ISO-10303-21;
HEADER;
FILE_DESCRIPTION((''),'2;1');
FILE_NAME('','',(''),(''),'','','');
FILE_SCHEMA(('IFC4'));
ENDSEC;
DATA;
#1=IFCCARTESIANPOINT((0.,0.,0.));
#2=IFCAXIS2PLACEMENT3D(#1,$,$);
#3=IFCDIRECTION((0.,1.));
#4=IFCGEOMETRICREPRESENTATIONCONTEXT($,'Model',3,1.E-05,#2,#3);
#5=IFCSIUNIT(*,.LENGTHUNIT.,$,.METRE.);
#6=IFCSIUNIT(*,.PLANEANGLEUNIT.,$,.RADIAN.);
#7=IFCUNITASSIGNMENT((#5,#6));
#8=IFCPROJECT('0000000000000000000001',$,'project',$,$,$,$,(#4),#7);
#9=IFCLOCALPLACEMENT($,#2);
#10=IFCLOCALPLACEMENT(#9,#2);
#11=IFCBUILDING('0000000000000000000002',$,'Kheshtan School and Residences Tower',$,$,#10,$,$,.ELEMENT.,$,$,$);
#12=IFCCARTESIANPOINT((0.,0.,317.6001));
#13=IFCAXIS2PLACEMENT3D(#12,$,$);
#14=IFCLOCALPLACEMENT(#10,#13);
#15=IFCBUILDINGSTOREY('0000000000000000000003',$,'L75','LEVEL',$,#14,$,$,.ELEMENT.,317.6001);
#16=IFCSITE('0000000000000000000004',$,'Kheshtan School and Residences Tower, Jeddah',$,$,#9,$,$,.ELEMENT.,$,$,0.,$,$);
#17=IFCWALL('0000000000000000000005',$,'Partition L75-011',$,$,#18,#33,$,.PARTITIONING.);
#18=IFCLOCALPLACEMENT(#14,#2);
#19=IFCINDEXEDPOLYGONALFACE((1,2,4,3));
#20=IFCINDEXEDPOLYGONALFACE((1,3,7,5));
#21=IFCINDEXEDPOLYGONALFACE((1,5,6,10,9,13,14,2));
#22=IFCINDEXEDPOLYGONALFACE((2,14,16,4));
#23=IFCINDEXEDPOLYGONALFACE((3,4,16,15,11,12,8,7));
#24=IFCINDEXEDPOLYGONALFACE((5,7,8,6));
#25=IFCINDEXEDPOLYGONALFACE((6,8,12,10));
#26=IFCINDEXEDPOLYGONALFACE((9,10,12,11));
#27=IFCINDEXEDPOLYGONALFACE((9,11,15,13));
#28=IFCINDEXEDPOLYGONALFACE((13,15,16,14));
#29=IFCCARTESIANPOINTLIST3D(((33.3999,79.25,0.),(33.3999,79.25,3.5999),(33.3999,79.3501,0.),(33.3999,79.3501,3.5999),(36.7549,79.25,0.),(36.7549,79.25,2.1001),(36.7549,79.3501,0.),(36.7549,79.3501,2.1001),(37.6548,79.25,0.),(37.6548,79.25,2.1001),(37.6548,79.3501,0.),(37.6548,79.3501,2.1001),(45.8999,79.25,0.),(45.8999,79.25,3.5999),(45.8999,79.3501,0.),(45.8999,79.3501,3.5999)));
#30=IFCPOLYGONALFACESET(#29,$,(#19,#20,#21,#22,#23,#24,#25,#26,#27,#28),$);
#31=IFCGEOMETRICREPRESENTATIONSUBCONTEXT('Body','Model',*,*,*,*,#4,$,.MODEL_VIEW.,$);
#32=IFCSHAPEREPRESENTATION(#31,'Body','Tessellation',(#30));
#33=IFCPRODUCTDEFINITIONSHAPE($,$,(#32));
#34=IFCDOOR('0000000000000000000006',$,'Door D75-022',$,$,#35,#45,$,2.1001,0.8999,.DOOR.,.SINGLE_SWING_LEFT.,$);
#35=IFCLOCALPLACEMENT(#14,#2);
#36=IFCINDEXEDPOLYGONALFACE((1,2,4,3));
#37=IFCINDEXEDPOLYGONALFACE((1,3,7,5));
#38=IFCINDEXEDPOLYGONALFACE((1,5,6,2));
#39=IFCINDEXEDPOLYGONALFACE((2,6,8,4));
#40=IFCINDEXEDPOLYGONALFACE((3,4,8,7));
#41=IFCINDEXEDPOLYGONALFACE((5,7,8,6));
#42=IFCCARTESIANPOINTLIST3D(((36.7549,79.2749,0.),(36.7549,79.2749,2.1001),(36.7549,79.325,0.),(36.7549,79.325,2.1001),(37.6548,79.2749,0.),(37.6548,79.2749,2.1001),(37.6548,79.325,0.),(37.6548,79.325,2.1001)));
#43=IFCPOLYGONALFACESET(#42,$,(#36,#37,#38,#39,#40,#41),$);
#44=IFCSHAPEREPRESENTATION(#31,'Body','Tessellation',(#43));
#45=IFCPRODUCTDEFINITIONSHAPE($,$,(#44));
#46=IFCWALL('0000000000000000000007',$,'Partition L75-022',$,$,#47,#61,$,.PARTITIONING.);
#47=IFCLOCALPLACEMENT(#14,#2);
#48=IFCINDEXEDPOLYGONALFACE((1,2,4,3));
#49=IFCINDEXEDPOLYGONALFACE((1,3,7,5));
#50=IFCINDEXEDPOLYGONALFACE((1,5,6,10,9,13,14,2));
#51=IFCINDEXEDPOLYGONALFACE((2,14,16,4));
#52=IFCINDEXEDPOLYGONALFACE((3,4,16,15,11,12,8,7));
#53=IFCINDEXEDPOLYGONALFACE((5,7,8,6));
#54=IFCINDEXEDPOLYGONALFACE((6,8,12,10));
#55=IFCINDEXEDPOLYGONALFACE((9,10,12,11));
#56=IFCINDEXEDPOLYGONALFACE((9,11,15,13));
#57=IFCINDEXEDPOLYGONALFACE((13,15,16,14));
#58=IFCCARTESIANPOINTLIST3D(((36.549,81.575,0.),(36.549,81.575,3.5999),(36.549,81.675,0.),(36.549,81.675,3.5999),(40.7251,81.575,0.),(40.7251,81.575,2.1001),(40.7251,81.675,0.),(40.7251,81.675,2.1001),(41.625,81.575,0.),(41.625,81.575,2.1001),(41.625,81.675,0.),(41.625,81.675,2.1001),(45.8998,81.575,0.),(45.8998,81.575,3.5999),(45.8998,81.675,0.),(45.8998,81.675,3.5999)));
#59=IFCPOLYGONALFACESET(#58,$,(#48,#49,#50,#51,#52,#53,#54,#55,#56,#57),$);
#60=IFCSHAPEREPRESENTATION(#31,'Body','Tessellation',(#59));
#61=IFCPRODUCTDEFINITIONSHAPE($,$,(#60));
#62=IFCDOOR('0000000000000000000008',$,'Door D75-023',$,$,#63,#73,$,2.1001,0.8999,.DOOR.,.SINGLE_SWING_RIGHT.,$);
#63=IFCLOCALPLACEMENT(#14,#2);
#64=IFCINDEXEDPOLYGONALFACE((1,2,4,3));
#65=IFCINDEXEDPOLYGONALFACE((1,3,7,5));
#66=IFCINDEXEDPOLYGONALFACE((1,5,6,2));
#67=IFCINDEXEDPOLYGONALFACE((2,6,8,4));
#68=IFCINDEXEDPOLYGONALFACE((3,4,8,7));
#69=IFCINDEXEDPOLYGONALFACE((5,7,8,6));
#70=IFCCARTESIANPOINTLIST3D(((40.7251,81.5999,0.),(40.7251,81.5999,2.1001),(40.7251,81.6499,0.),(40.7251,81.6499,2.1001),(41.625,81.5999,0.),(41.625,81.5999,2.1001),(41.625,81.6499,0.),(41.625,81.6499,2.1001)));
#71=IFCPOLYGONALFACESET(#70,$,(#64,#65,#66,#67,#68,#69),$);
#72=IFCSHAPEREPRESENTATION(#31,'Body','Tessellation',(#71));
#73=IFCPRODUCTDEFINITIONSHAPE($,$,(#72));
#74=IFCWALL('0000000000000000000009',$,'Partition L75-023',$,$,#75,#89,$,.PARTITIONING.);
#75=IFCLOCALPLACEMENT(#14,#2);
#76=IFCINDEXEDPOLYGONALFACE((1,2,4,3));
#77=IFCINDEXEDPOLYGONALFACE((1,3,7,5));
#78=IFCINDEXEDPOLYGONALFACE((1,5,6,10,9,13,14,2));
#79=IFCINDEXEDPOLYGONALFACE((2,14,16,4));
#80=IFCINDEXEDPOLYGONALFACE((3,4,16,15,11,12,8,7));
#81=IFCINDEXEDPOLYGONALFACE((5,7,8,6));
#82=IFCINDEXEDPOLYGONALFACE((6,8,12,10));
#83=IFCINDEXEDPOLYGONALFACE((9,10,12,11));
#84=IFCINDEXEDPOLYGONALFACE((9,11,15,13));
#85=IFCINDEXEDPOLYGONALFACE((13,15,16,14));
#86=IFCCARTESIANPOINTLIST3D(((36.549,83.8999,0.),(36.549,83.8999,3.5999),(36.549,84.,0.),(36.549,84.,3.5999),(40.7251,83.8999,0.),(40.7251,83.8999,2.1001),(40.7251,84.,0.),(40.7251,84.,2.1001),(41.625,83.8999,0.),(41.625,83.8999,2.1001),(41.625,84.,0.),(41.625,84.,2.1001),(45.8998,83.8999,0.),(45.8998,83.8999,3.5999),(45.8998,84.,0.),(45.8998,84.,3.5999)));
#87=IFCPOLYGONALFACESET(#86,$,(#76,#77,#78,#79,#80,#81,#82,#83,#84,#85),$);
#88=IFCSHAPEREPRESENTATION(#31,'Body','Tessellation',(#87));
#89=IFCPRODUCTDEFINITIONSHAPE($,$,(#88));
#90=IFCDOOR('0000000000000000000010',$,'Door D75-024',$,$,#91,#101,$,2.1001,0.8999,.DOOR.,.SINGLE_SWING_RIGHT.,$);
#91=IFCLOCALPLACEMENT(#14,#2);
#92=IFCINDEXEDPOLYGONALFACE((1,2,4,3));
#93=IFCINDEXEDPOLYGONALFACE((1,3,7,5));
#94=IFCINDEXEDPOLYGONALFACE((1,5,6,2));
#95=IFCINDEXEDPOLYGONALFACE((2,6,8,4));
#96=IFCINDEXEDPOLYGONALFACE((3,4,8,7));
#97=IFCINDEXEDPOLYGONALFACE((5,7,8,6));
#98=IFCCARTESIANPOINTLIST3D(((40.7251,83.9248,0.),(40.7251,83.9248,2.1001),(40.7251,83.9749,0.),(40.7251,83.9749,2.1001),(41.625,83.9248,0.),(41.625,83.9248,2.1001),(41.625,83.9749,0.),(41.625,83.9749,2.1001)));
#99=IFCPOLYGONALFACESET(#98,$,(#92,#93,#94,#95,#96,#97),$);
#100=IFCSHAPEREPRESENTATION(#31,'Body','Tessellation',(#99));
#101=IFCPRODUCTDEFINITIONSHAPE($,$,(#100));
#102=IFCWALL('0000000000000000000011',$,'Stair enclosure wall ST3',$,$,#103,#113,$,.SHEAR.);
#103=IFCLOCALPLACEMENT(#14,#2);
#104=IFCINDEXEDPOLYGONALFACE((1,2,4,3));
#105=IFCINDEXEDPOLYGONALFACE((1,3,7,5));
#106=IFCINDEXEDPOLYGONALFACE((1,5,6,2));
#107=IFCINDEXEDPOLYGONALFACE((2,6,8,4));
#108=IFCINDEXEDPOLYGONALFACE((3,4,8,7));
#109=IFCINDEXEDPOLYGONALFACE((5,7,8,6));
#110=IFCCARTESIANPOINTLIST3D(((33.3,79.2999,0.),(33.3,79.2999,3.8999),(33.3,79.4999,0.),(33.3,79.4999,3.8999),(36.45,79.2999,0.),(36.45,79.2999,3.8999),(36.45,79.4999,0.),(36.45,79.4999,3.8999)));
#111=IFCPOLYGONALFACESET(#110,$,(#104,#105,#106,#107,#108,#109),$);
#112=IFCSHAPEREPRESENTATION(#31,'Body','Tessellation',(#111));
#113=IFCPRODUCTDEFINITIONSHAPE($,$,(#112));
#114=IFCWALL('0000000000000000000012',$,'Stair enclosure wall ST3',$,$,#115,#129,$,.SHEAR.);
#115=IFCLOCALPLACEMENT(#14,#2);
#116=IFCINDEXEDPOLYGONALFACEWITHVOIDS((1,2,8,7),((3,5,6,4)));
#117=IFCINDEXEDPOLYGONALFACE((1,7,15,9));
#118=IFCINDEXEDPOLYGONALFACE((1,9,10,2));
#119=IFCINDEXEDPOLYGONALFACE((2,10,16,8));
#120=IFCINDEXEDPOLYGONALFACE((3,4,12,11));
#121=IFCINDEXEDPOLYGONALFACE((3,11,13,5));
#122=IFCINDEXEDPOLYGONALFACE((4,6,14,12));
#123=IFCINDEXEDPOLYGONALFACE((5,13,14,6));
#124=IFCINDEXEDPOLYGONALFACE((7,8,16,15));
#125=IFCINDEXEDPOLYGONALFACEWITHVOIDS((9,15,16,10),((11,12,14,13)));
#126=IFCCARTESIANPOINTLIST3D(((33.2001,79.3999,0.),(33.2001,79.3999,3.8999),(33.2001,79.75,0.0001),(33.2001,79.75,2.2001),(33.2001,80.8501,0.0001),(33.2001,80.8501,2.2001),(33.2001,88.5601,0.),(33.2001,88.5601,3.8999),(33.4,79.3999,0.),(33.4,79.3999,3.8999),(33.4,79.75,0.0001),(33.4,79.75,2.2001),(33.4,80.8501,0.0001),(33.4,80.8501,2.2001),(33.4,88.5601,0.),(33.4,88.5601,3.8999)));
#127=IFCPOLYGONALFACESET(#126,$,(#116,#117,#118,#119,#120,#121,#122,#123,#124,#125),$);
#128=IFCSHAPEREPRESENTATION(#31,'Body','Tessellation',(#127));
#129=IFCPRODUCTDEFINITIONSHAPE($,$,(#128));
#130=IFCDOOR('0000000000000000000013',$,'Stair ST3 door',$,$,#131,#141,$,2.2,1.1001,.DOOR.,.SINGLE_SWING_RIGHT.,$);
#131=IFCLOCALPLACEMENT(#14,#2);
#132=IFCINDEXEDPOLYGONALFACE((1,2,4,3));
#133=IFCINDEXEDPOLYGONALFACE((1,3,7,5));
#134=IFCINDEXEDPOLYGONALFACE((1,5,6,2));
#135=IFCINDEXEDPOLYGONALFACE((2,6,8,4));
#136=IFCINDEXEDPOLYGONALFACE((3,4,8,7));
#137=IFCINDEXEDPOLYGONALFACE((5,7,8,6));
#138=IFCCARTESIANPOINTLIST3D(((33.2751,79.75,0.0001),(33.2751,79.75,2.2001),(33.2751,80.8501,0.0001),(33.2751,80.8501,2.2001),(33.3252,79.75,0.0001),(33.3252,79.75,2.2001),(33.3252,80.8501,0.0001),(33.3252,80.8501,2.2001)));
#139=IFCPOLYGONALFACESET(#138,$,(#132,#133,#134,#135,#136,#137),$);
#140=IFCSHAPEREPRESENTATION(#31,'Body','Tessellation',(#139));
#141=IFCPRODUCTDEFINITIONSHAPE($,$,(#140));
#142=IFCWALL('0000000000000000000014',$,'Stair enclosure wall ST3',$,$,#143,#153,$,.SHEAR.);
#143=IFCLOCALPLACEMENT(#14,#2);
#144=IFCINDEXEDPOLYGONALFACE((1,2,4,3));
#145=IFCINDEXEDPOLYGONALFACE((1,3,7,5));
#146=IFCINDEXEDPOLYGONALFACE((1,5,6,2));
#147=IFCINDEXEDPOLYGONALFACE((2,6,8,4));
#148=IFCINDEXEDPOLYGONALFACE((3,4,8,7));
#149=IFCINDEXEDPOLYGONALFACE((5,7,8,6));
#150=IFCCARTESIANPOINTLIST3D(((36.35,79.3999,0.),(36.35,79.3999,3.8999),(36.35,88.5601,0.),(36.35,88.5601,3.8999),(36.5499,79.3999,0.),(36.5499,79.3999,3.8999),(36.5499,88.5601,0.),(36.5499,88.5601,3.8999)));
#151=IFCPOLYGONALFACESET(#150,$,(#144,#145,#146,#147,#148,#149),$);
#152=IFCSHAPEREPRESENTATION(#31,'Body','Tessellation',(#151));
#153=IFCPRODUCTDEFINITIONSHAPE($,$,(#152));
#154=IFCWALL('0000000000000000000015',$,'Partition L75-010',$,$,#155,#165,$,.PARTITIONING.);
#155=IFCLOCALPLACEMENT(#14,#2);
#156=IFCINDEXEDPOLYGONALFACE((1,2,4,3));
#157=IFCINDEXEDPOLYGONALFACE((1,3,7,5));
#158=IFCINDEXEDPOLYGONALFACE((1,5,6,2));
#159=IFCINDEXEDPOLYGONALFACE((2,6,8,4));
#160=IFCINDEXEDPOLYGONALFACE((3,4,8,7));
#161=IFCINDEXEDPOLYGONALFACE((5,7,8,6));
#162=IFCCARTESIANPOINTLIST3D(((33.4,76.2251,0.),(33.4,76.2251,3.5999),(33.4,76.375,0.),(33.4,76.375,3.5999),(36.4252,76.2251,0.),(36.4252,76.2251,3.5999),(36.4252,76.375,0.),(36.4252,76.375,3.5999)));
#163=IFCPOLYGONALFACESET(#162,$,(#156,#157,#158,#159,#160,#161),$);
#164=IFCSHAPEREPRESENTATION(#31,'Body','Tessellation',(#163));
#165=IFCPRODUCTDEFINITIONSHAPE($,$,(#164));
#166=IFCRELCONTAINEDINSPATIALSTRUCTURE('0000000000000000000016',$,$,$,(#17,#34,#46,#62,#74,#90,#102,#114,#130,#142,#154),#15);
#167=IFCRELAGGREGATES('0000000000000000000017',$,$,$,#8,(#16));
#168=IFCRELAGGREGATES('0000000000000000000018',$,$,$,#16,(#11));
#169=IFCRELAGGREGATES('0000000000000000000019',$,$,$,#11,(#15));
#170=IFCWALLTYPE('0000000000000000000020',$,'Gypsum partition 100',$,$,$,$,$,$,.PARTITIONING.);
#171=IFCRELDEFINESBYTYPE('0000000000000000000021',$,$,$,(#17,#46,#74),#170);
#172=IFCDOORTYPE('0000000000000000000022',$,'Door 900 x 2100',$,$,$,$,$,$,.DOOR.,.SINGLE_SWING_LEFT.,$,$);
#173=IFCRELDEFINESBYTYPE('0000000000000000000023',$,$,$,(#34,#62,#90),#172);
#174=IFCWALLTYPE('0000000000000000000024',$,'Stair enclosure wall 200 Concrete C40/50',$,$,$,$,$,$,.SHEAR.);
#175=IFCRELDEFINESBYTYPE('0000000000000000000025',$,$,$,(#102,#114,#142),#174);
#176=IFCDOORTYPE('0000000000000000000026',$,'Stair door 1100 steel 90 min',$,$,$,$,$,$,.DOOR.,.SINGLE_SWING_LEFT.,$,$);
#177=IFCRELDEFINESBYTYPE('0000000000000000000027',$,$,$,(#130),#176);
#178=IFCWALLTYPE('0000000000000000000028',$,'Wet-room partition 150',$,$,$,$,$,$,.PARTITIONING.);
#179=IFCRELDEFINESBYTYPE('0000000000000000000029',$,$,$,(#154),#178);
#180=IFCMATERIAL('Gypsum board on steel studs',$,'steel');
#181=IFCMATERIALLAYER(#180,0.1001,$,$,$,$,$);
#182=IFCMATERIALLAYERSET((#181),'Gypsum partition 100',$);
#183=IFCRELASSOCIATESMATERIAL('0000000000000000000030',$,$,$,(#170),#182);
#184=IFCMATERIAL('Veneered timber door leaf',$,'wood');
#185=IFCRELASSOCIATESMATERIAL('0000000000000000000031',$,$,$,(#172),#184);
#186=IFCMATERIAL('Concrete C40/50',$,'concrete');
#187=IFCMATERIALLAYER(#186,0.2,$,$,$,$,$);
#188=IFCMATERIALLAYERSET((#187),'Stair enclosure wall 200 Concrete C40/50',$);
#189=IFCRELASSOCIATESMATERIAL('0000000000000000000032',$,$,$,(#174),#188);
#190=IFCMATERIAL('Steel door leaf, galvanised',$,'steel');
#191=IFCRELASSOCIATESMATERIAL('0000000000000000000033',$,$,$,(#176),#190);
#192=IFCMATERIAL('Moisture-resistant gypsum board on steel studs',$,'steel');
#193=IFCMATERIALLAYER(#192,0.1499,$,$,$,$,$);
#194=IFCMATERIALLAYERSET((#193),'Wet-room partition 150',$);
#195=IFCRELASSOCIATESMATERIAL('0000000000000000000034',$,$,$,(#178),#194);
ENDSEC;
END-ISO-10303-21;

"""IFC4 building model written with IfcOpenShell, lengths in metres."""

from ifc_helpers import new_model, si_unit, direction, frame, frame_2d, origin, place, context, subcontext, project, spatial, rectangle, extrude, source, transform, mapped, material, layer, layer_set, type_object, element, fill, save


model = new_model("IFC4")

# Units and contexts
model_context = context("Model", 3, precision=1e-05, world=origin(), true_north=direction((0.0, 1.0)))
body_context = subcontext(model_context, "Body", "Model", "MODEL_VIEW")
ifc_project = project(units=[si_unit("LENGTHUNIT", "METRE"), si_unit("PLANEANGLEUNIT", "RADIAN")], contexts=[model_context])

# Site, building, storey
site_placement = place(None, origin())
site = spatial("IfcSite", under=ifc_project, at=site_placement, Name="Kheshtan School and Residences Tower, Jeddah", CompositionType="ELEMENT", RefElevation=0.0)
building_placement = place(site_placement, origin())
building = spatial("IfcBuilding", under=site, at=building_placement, Name="Kheshtan School and Residences Tower", CompositionType="ELEMENT")
storey_placement = place(building_placement, frame((0.0, 0.0, 317.6001)))
storey = spatial("IfcBuildingStorey", under=building, at=storey_placement, Name="L75", Description="LEVEL", CompositionType="ELEMENT", Elevation=317.6001)

# Walls, openings, doors
ifc_material_1 = material(Name="Gypsum board on steel studs", Category="steel")
ifc_layer_1 = layer(ifc_material_1, 0.1001)
ifc_layer_set_1 = layer_set([ifc_layer_1], Name="Gypsum partition 100")
wall_type_1 = type_object("IfcWallType", Name="Gypsum partition 100", PredefinedType="PARTITIONING", material=ifc_layer_set_1)
wall_1_placement = place(storey_placement, frame((33.3999, 79.3, 0.0), z_axis=(0.0, 0.0, 1.0), x_axis=(1.0, 0.0, 0.0)))
wall_1 = element("IfcWall", 1, at=wall_1_placement, inside=storey, type_object=wall_type_1, Name="Partition L75-011", PredefinedType="PARTITIONING", context=body_context, shape_type="SweptSolid", body=[
    extrude(rectangle(XDim=12.5, YDim=0.1001, at=frame_2d((6.25, 0.0))), origin(), (0.0, 0.0, 1.0), 3.5999),
])
opening_1_placement = place(wall_1_placement, frame((3.355, 0.0, 0.0)))
opening_1 = element("IfcOpeningElement", 2, at=opening_1_placement, cuts=wall_1, PredefinedType="OPENING", context=body_context, shape_type="SweptSolid", body=[
    extrude(rectangle(XDim=0.8999, YDim=2.1001, at=frame_2d((0.45, 1.05))), frame((0.0, 0.0601, 0.0), z_axis=(0.0, -1.0, 0.0), x_axis=(1.0, 0.0, 0.0)), (0.0, 0.0, 1.0), 0.1201),
])
ifc_material_2 = material(Name="Veneered timber door leaf", Category="wood")
door_type_1 = type_object("IfcDoorType", Name="Door 900 x 2100", OperationType="SINGLE_SWING_LEFT", PredefinedType="DOOR", material=ifc_material_2)
shared_shape_1 = source(origin(), body_context, "Body", "SweptSolid", [
    extrude(rectangle(XDim=0.8999, YDim=2.1001, at=frame_2d((0.45, 1.05))), frame((0.0, 0.0249, 0.0), z_axis=(0.0, -1.0, 0.0), x_axis=(1.0, 0.0, 0.0)), (0.0, 0.0, 1.0), 0.05),
])
door_1_placement = place(opening_1_placement, origin())
door_1 = element("IfcDoor", 3, at=door_1_placement, inside=storey, type_object=door_type_1, Name="Door D75-022", OperationType="SINGLE_SWING_LEFT", OverallHeight=2.1001, OverallWidth=0.8999, PredefinedType="DOOR", context=body_context, shape_type="MappedRepresentation", body=[
    mapped(shared_shape_1, transform((0.0, 0.0, 0.0), x_axis=(1.0, 0.0, 0.0), y_axis=(0.0, 1.0, 0.0), z_axis=(0.0, 0.0, 1.0), scale=1.0)),
])
fill(opening_1, door_1)
wall_2_placement = place(storey_placement, frame((36.5491, 81.625, 0.0), z_axis=(0.0, 0.0, 1.0), x_axis=(1.0, 0.0, 0.0)))
wall_2 = element("IfcWall", 4, at=wall_2_placement, inside=storey, type_object=wall_type_1, Name="Partition L75-022", PredefinedType="PARTITIONING", context=body_context, shape_type="SweptSolid", body=[
    extrude(rectangle(XDim=9.3508, YDim=0.1001, at=frame_2d((4.6753, 0.0))), origin(), (0.0, 0.0, 1.0), 3.5999),
])
opening_2_placement = place(wall_2_placement, frame((4.176, 0.0, 0.0)))
opening_2 = element("IfcOpeningElement", 5, at=opening_2_placement, cuts=wall_2, PredefinedType="OPENING", context=body_context, shape_type="SweptSolid", body=[
    extrude(rectangle(XDim=0.8999, YDim=2.1001, at=frame_2d((0.45, 1.05))), frame((0.0, 0.0601, 0.0), z_axis=(0.0, -1.0, 0.0), x_axis=(1.0, 0.0, 0.0)), (0.0, 0.0, 1.0), 0.1201),
])
door_2_placement = place(opening_2_placement, origin())
door_2 = element("IfcDoor", 6, at=door_2_placement, inside=storey, type_object=door_type_1, Name="Door D75-023", OperationType="SINGLE_SWING_RIGHT", OverallHeight=2.1001, OverallWidth=0.8999, PredefinedType="DOOR", context=body_context, shape_type="MappedRepresentation", body=[
    mapped(shared_shape_1, transform((0.0, 0.0, 0.0), x_axis=(1.0, 0.0, 0.0), y_axis=(0.0, 1.0, 0.0), z_axis=(0.0, 0.0, 1.0), scale=1.0)),
])
fill(opening_2, door_2)
wall_3_placement = place(storey_placement, frame((36.5491, 83.95, 0.0), z_axis=(0.0, 0.0, 1.0), x_axis=(1.0, 0.0, 0.0)))
wall_3 = element("IfcWall", 7, at=wall_3_placement, inside=storey, type_object=wall_type_1, Name="Partition L75-023", PredefinedType="PARTITIONING", context=body_context, shape_type="SweptSolid", body=[
    extrude(rectangle(XDim=9.3508, YDim=0.1001, at=frame_2d((4.6753, 0.0))), origin(), (0.0, 0.0, 1.0), 3.5999),
])
opening_3_placement = place(wall_3_placement, frame((4.176, 0.0, 0.0)))
opening_3 = element("IfcOpeningElement", 8, at=opening_3_placement, cuts=wall_3, PredefinedType="OPENING", context=body_context, shape_type="SweptSolid", body=[
    extrude(rectangle(XDim=0.8999, YDim=2.1001, at=frame_2d((0.45, 1.05))), frame((0.0, 0.0601, 0.0), z_axis=(0.0, -1.0, 0.0), x_axis=(1.0, 0.0, 0.0)), (0.0, 0.0, 1.0), 0.1201),
])
door_3_placement = place(opening_3_placement, origin())
door_3 = element("IfcDoor", 9, at=door_3_placement, inside=storey, type_object=door_type_1, Name="Door D75-024", OperationType="SINGLE_SWING_RIGHT", OverallHeight=2.1001, OverallWidth=0.8999, PredefinedType="DOOR", context=body_context, shape_type="MappedRepresentation", body=[
    mapped(shared_shape_1, transform((0.0, 0.0, 0.0), x_axis=(1.0, 0.0, 0.0), y_axis=(0.0, 1.0, 0.0), z_axis=(0.0, 0.0, 1.0), scale=1.0)),
])
fill(opening_3, door_3)

# Wall
ifc_material_3 = material(Name="Concrete C40/50", Category="concrete")
ifc_layer_2 = layer(ifc_material_3, 0.2)
ifc_layer_set_2 = layer_set([ifc_layer_2], Name="Stair enclosure wall 200 Concrete C40/50")
wall_type_2 = type_object("IfcWallType", Name="Stair enclosure wall 200 Concrete C40/50", PredefinedType="SHEAR", material=ifc_layer_set_2)
wall_4_placement = place(storey_placement, frame((33.3, 79.3999, 0.0), z_axis=(0.0, 0.0, 1.0), x_axis=(1.0, 0.0, 0.0)))
element("IfcWall", 10, at=wall_4_placement, inside=storey, type_object=wall_type_2, Name="Stair enclosure wall ST3", PredefinedType="SHEAR", context=body_context, shape_type="SweptSolid", body=[
    extrude(rectangle(XDim=3.1499, YDim=0.2, at=frame_2d((1.575, 0.0))), origin(), (0.0, 0.0, 1.0), 3.8999),
])

# Wall, opening, door
wall_5_placement = place(storey_placement, frame((33.3, 79.3999, 0.0), z_axis=(0.0, 0.0, 1.0), x_axis=(0.0, 1.0, 0.0)))
wall_5 = element("IfcWall", 11, at=wall_5_placement, inside=storey, type_object=wall_type_2, Name="Stair enclosure wall ST3", PredefinedType="SHEAR", context=body_context, shape_type="SweptSolid", body=[
    extrude(rectangle(XDim=9.1602, YDim=0.2, at=frame_2d((4.5801, 0.0))), origin(), (0.0, 0.0, 1.0), 3.8999),
])
opening_4_placement = place(wall_5_placement, frame((0.3501, 0.0, 0.0)))
opening_4 = element("IfcOpeningElement", 12, at=opening_4_placement, cuts=wall_5, PredefinedType="OPENING", context=body_context, shape_type="SweptSolid", body=[
    extrude(rectangle(XDim=1.1001, YDim=2.2, at=frame_2d((0.55, 1.1001))), frame((0.0, 0.1099, 0.0), z_axis=(0.0, -1.0, 0.0), x_axis=(1.0, 0.0, 0.0)), (0.0, 0.0, 1.0), 0.22),
])
ifc_material_4 = material(Name="Steel door leaf, galvanised", Category="steel")
door_type_2 = type_object("IfcDoorType", Name="Stair door 1100 steel 90 min", OperationType="SINGLE_SWING_LEFT", PredefinedType="DOOR", material=ifc_material_4)
shared_shape_2 = source(origin(), body_context, "Body", "SweptSolid", [
    extrude(rectangle(XDim=1.1001, YDim=2.2, at=frame_2d((0.55, 1.1001))), frame((0.0, 0.0249, 0.0), z_axis=(0.0, -1.0, 0.0), x_axis=(1.0, 0.0, 0.0)), (0.0, 0.0, 1.0), 0.05),
])
door_4_placement = place(opening_4_placement, origin())
door_4 = element("IfcDoor", 13, at=door_4_placement, inside=storey, type_object=door_type_2, Name="Stair ST3 door", OperationType="SINGLE_SWING_RIGHT", OverallHeight=2.2, OverallWidth=1.1001, PredefinedType="DOOR", context=body_context, shape_type="MappedRepresentation", body=[
    mapped(shared_shape_2, transform((0.0, 0.0, 0.0), x_axis=(1.0, 0.0, 0.0), y_axis=(0.0, 1.0, 0.0), z_axis=(0.0, 0.0, 1.0), scale=1.0)),
])
fill(opening_4, door_4)

# Walls
wall_6_placement = place(storey_placement, frame((36.45, 79.3999, 0.0), z_axis=(0.0, 0.0, 1.0), x_axis=(0.0, 1.0, 0.0)))
element("IfcWall", 14, at=wall_6_placement, inside=storey, type_object=wall_type_2, Name="Stair enclosure wall ST3", PredefinedType="SHEAR", context=body_context, shape_type="SweptSolid", body=[
    extrude(rectangle(XDim=9.1602, YDim=0.2, at=frame_2d((4.5801, 0.0))), origin(), (0.0, 0.0, 1.0), 3.8999),
])
ifc_material_5 = material(Name="Moisture-resistant gypsum board on steel studs", Category="steel")
ifc_layer_3 = layer(ifc_material_5, 0.1499)
ifc_layer_set_3 = layer_set([ifc_layer_3], Name="Wet-room partition 150")
wall_type_3 = type_object("IfcWallType", Name="Wet-room partition 150", PredefinedType="PARTITIONING", material=ifc_layer_set_3)
wall_7_placement = place(storey_placement, frame((33.3999, 76.3, 0.0), z_axis=(0.0, 0.0, 1.0), x_axis=(1.0, 0.0, 0.0)))
element("IfcWall", 15, at=wall_7_placement, inside=storey, type_object=wall_type_3, Name="Partition L75-010", PredefinedType="PARTITIONING", context=body_context, shape_type="SweptSolid", body=[
    extrude(rectangle(XDim=3.0251, YDim=0.1499, at=frame_2d((1.5127, 0.0))), origin(), (0.0, 0.0, 1.0), 3.5999),
])

save(model, "model.ifc")
